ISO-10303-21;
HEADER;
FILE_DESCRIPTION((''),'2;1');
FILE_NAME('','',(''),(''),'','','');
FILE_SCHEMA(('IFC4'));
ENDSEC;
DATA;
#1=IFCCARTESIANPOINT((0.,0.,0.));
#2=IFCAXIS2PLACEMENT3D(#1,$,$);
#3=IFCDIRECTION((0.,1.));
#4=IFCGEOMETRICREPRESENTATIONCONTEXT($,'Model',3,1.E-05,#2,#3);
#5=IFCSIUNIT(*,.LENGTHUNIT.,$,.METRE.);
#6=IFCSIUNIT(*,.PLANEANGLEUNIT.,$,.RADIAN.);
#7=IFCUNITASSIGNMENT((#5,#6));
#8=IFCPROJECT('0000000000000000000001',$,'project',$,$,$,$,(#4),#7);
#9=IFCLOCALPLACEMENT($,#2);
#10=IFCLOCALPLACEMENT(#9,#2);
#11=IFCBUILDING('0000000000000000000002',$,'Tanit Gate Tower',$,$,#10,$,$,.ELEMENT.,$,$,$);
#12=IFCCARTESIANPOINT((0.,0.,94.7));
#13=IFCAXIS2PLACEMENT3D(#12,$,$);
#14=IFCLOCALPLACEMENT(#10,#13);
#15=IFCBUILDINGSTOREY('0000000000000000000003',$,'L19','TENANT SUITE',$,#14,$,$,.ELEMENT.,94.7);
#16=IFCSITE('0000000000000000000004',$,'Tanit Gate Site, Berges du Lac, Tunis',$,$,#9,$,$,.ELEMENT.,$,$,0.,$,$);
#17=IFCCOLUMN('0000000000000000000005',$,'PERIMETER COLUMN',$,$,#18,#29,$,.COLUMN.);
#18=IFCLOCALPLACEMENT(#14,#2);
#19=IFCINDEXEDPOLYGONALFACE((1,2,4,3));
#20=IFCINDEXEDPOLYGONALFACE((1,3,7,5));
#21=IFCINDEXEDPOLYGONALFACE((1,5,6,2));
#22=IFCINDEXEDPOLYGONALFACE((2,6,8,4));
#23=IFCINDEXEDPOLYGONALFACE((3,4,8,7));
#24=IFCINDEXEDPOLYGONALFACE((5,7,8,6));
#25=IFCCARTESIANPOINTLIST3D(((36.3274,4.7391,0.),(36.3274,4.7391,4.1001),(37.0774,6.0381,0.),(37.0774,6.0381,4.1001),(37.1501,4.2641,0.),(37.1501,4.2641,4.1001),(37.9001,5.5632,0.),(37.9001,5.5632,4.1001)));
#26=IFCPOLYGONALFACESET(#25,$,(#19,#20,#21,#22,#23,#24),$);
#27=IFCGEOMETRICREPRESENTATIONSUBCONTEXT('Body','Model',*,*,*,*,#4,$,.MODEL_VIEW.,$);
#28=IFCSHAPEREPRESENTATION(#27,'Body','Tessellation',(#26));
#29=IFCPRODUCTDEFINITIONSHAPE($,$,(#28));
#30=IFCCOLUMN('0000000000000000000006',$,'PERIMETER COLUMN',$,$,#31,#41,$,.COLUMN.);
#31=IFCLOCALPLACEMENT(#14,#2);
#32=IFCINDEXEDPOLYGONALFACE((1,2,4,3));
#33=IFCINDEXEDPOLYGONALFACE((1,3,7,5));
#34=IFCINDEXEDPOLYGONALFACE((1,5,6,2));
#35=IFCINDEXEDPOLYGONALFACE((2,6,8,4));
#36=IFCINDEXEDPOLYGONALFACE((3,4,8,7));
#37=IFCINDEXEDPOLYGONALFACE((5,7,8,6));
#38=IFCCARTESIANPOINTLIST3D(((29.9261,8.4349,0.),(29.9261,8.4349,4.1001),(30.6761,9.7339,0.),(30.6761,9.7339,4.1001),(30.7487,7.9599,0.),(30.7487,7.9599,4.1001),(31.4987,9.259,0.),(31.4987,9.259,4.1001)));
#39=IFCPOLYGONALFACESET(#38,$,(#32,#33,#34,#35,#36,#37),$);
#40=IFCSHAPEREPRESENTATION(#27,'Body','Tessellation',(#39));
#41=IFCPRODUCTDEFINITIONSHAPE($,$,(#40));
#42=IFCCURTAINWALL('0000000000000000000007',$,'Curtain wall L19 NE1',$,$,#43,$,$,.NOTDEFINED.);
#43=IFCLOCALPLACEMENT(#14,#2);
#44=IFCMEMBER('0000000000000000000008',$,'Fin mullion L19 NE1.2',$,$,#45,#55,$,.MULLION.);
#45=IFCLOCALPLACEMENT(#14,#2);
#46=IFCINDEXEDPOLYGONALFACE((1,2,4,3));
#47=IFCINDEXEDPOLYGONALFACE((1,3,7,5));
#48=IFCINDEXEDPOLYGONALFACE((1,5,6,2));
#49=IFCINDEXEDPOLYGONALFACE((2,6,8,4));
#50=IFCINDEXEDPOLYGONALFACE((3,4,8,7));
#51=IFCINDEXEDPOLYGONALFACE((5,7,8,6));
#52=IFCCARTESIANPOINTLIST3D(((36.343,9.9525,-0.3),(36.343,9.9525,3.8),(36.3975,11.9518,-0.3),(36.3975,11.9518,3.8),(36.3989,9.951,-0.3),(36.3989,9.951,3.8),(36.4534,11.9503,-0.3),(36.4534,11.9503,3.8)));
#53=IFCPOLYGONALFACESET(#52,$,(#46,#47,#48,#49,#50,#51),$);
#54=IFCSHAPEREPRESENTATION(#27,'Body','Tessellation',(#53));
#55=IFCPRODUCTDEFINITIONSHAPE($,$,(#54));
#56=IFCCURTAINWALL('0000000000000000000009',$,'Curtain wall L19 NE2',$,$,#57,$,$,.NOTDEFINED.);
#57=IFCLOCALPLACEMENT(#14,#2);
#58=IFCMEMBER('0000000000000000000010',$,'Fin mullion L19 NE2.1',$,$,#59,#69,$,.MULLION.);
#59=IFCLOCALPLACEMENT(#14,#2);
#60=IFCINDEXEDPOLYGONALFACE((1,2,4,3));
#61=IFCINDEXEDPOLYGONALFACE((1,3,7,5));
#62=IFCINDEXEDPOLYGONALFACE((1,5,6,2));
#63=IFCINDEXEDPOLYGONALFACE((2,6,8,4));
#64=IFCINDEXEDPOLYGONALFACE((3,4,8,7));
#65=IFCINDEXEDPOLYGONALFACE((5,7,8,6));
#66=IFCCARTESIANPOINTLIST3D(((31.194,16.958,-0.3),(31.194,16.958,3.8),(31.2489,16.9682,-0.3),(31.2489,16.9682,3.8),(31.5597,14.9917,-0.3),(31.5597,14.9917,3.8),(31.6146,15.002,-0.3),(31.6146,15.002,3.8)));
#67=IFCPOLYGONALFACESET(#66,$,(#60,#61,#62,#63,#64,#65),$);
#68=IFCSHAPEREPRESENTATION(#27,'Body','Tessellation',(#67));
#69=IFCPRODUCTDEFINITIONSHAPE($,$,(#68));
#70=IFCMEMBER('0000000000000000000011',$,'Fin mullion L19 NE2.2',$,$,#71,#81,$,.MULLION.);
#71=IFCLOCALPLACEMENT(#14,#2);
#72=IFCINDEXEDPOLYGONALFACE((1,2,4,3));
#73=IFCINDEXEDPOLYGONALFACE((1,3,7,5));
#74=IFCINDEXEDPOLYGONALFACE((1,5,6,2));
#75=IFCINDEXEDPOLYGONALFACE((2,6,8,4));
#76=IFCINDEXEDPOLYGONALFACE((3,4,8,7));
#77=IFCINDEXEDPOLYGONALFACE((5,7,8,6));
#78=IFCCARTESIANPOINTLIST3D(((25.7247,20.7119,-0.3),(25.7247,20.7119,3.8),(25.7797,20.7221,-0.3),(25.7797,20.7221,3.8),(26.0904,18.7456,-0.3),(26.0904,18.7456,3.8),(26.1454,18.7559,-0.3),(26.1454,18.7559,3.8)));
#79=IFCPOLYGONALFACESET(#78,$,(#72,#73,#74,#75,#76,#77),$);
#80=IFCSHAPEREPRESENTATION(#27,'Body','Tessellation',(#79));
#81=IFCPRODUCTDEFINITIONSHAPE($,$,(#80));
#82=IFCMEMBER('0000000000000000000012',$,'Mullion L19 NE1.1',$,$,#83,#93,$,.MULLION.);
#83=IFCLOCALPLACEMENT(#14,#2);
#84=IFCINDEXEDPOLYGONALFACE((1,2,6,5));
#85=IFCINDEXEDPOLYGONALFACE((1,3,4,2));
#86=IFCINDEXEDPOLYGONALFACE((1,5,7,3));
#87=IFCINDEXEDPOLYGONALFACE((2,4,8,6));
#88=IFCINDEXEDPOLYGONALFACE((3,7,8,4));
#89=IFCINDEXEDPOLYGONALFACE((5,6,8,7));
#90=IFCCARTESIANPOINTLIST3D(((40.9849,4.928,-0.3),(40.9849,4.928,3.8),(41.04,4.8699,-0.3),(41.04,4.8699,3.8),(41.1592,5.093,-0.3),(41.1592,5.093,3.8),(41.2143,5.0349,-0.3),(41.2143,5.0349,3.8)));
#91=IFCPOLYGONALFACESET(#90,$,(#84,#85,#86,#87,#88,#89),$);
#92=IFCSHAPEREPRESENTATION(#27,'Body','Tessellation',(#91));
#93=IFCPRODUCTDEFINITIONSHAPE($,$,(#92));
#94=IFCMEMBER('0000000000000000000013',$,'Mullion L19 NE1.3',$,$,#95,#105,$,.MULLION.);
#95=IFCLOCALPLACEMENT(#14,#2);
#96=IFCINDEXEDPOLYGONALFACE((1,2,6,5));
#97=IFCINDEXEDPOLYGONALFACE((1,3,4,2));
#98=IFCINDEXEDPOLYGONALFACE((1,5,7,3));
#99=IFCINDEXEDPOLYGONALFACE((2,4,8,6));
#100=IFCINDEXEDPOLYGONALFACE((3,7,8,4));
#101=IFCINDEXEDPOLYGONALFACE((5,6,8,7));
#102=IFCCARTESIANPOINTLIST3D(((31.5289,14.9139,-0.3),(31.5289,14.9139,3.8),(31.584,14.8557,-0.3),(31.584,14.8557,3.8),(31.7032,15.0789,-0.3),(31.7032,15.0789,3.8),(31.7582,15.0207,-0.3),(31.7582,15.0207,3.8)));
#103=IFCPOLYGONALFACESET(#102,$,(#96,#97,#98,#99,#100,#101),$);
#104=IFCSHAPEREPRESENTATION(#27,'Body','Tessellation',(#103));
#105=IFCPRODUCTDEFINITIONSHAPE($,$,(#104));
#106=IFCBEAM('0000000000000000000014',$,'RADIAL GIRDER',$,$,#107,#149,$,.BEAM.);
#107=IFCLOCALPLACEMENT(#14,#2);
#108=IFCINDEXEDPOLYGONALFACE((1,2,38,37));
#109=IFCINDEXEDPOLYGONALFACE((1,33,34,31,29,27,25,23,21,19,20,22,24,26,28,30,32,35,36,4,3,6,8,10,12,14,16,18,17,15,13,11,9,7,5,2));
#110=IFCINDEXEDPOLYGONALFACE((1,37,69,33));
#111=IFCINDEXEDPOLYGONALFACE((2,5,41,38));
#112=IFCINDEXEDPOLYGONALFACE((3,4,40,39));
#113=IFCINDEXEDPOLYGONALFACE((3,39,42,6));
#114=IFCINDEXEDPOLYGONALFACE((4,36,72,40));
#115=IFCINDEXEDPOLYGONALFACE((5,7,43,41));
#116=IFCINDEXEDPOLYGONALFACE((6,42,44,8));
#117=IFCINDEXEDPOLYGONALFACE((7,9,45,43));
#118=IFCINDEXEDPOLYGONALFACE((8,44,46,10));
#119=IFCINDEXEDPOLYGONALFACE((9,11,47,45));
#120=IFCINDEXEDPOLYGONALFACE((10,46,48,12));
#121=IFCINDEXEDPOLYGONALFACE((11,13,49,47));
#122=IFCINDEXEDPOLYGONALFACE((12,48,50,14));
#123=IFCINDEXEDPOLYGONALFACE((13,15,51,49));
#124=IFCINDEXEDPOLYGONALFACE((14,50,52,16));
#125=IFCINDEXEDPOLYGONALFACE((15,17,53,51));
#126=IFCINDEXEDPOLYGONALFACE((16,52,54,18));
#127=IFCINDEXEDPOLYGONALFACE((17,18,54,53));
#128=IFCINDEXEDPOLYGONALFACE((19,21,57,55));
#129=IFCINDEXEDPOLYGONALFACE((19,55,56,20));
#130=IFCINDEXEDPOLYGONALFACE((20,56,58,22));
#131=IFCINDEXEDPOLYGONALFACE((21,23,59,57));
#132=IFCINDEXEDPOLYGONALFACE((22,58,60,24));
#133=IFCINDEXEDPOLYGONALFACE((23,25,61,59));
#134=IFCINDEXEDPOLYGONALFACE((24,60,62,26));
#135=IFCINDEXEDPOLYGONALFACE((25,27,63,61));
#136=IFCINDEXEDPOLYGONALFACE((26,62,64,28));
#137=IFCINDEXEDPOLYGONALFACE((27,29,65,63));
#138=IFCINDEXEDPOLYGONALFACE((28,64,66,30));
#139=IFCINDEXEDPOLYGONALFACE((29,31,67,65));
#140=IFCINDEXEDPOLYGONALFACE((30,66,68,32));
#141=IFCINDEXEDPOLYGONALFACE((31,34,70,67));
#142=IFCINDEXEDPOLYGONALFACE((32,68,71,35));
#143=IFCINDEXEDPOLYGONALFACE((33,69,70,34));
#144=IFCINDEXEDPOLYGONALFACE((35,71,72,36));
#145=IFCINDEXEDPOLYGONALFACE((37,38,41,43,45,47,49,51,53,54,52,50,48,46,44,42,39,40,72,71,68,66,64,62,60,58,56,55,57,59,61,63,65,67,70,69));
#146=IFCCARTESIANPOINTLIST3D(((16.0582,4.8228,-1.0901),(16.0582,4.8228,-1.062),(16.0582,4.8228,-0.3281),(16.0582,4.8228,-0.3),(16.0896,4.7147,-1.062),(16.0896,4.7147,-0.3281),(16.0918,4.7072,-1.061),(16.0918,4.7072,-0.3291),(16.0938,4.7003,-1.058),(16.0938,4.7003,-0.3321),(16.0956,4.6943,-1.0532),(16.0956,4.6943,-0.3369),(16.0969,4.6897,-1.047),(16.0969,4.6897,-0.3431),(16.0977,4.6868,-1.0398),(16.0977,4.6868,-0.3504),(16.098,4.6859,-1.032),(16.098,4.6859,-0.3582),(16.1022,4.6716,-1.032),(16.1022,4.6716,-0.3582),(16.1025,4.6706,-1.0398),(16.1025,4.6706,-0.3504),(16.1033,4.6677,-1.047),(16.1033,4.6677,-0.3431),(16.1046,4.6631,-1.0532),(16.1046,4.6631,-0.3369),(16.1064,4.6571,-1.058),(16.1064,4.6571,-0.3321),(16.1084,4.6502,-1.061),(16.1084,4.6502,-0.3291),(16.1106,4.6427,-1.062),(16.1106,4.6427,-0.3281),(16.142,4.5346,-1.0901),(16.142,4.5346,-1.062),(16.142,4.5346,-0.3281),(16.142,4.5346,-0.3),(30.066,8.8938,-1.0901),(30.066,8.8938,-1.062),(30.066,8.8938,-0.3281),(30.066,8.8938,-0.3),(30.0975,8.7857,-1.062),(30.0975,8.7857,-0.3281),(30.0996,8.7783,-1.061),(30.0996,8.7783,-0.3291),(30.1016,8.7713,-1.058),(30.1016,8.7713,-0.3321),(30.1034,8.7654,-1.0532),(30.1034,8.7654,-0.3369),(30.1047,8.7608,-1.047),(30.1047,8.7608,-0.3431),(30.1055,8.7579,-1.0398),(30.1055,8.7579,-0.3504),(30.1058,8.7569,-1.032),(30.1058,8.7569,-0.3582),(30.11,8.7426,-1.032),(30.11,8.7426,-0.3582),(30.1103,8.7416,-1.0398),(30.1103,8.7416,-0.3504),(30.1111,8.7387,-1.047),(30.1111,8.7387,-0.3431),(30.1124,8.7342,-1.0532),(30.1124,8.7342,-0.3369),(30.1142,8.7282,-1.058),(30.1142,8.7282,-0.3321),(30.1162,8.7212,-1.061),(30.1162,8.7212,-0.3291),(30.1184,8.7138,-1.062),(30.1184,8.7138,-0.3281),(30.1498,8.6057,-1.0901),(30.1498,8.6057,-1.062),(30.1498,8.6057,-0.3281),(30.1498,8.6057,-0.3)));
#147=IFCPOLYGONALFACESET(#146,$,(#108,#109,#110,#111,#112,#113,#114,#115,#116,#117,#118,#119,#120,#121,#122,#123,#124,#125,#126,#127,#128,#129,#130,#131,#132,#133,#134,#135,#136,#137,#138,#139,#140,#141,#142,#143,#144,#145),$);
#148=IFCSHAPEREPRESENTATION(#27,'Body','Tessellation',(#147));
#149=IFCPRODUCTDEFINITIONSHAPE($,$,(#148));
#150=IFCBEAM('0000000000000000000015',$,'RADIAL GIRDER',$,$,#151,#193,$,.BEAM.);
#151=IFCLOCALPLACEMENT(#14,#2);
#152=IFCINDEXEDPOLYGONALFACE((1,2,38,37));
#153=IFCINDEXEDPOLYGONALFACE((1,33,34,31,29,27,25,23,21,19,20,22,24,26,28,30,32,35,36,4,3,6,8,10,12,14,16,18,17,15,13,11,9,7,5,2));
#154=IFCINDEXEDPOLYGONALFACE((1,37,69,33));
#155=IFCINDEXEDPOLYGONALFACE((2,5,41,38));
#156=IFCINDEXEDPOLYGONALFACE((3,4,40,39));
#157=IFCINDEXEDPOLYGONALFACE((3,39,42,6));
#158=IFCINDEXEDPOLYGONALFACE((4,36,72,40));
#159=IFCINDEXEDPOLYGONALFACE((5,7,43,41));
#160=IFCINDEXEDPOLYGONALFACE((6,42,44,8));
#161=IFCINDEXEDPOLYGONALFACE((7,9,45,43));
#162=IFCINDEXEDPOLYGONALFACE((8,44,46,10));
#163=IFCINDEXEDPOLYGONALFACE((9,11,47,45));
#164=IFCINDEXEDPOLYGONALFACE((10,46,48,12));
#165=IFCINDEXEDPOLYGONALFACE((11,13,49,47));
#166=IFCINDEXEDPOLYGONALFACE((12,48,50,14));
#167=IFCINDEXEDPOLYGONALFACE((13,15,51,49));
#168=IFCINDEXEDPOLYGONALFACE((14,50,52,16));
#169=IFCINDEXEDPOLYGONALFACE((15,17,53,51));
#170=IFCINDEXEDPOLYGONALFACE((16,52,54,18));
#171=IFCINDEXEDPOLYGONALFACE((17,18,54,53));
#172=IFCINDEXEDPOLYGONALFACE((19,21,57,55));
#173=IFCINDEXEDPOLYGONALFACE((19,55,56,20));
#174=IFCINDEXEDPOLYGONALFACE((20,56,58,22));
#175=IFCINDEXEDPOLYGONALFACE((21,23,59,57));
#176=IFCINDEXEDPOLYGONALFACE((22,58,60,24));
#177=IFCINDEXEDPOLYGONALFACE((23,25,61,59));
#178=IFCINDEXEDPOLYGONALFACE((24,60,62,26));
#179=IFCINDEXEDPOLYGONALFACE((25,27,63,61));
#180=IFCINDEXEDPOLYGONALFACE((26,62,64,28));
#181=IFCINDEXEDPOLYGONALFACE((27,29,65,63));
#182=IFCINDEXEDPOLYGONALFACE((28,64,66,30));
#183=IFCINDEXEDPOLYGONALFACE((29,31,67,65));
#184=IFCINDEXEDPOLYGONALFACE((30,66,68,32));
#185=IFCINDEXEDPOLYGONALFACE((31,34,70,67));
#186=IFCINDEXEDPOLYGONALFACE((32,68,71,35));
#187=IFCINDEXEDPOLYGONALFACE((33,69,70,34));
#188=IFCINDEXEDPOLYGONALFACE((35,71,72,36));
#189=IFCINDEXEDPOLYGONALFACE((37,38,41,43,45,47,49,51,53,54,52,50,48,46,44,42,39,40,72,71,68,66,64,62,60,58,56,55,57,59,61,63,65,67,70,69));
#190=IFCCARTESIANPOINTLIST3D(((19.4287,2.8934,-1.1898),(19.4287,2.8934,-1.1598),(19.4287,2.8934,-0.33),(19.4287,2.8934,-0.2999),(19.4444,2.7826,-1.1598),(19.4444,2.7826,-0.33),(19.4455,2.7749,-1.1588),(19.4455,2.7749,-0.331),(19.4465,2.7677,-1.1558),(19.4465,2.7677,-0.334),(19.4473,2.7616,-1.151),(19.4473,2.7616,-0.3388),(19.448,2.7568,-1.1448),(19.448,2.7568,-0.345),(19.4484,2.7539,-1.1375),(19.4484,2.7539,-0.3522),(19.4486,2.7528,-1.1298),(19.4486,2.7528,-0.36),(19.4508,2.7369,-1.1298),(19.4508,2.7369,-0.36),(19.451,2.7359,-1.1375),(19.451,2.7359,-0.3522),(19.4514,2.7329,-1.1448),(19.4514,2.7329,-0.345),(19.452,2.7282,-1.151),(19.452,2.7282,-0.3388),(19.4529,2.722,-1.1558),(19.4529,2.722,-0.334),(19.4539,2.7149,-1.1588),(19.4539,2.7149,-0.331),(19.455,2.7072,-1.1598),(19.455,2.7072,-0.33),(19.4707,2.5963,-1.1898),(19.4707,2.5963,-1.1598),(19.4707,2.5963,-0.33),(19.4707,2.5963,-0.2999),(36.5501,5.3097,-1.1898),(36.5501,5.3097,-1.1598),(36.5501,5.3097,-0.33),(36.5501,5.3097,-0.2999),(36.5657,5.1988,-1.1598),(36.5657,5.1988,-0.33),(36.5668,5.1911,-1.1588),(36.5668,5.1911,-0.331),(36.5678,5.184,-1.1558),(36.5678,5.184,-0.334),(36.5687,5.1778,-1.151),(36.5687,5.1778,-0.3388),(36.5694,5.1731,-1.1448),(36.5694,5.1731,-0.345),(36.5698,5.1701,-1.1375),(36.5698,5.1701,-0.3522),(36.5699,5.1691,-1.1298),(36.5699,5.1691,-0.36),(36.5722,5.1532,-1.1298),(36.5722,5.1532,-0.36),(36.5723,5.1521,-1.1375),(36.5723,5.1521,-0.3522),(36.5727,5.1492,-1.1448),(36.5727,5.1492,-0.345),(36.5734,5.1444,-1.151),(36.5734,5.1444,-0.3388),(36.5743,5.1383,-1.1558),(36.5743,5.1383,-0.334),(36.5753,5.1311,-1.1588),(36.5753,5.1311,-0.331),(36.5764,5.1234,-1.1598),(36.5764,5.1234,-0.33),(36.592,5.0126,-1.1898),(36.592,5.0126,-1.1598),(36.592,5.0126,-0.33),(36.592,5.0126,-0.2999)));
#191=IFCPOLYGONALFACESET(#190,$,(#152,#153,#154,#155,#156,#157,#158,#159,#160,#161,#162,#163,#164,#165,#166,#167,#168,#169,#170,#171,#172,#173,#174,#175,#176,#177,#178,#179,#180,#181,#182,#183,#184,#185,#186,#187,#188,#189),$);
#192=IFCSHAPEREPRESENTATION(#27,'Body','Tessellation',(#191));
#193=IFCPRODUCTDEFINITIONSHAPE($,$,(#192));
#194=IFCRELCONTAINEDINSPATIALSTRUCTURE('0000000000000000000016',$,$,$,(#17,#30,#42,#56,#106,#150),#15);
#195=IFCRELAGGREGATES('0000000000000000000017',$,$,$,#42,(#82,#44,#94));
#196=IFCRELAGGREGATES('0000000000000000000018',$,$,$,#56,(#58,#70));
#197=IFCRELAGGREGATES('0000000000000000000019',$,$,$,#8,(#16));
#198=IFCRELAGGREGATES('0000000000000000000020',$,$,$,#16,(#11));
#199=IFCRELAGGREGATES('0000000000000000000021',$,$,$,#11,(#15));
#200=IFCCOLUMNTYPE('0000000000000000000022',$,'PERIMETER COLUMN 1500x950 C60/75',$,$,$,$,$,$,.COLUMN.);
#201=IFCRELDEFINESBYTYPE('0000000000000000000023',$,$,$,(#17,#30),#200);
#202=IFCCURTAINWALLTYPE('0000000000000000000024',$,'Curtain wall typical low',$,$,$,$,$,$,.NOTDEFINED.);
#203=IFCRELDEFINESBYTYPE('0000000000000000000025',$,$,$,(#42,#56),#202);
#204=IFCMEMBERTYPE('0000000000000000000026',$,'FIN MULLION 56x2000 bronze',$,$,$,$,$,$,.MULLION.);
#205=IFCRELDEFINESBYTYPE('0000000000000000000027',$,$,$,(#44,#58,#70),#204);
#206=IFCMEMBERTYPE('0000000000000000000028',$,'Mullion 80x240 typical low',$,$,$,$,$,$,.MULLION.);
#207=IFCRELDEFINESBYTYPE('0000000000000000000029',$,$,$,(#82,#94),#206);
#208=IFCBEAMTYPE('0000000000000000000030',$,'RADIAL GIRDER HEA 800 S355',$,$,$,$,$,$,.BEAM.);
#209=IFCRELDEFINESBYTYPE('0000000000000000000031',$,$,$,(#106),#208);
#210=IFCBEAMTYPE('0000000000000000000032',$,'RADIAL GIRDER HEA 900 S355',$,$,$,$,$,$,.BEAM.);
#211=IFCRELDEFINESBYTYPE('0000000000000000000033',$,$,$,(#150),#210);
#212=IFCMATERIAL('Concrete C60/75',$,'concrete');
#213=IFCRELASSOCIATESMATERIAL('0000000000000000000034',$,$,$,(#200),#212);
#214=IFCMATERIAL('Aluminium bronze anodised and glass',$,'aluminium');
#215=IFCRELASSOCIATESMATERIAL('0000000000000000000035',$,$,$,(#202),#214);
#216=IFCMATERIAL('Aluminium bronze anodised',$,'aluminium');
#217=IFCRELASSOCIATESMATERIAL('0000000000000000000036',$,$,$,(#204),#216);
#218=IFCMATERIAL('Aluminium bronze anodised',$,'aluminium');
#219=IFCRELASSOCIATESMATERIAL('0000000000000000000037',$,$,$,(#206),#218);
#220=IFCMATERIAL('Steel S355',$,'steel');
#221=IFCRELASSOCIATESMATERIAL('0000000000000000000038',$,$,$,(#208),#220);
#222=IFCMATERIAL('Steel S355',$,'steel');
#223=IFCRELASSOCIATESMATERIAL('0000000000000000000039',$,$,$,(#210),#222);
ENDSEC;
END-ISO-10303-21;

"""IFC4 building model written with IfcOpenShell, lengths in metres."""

from ifc_helpers import new_model, si_unit, direction, frame, origin, origin_2d, place, context, subcontext, project, spatial, rectangle, i_section, extrude, material, material_profile, profile_set, type_object, element, aggregate, save


model = new_model("IFC4")

# Units and contexts
model_context = context("Model", 3, precision=1e-05, world=origin(), true_north=direction((0.0, 1.0)))
body_context = subcontext(model_context, "Body", "Model", "MODEL_VIEW")
ifc_project = project(units=[si_unit("LENGTHUNIT", "METRE"), si_unit("PLANEANGLEUNIT", "RADIAN")], contexts=[model_context])

# Site, building, storey
site_placement = place(None, origin())
site = spatial("IfcSite", under=ifc_project, at=site_placement, Name="Tanit Gate Site, Berges du Lac, Tunis", CompositionType="ELEMENT", RefElevation=0.0)
building_placement = place(site_placement, origin())
building = spatial("IfcBuilding", under=site, at=building_placement, Name="Tanit Gate Tower", CompositionType="ELEMENT")
storey_placement = place(building_placement, frame((0.0, 0.0, 94.7)))
storey = spatial("IfcBuildingStorey", under=building, at=storey_placement, Name="L19", Description="TENANT SUITE", CompositionType="ELEMENT", Elevation=94.7)

# Columns
ifc_material_1 = material(Name="Concrete C60/75", Category="concrete")
ifc_material_profile_1 = material_profile(ifc_material_1, rectangle(XDim=1.5, YDim=0.95, at=origin_2d()), Name="RC 1500x950")
ifc_profile_set_1 = profile_set([ifc_material_profile_1], Name="Concrete C60/75")
column_type = type_object("IfcColumnType", Name="PERIMETER COLUMN 1500x950 C60/75", PredefinedType="COLUMN", material=ifc_profile_set_1)
for number, where, z_axis, x_axis, name in (
    (1, (37.1138, 5.1511, 0.0), (0.0, 0.0, 1.0), (0.5, 0.866025, 0.0), "PERIMETER COLUMN"),
    (2, (30.7124, 8.8469, 0.0), (0.0, 0.0, 1.0), (0.5, 0.866025, 0.0), "PERIMETER COLUMN"),
):
    element("IfcColumn", number, at=place(storey_placement, frame(where, z_axis=z_axis, x_axis=x_axis)), inside=storey, type_object=column_type, Name=name, PredefinedType="COLUMN", context=body_context, shape_type="SweptSolid", body=[
        extrude(rectangle(XDim=1.5, YDim=0.95, at=origin_2d()), origin(), (0.0, 0.0, 1.0), 4.1001),
    ])

# Curtain wall, member
ifc_material_2 = material(Name="Aluminium bronze anodised and glass", Category="aluminium")
curtain_wall_type = type_object("IfcCurtainWallType", Name="Curtain wall typical low", PredefinedType="NOTDEFINED", material=ifc_material_2)
curtain_wall_1_placement = place(storey_placement, origin())
curtain_wall_1 = element("IfcCurtainWall", 3, at=curtain_wall_1_placement, inside=storey, type_object=curtain_wall_type, Name="Curtain wall L19 NE1", PredefinedType="NOTDEFINED")
ifc_material_3 = material(Name="Aluminium bronze anodised", Category="aluminium")
ifc_material_profile_2 = material_profile(ifc_material_3, rectangle(XDim=2.0, YDim=0.0559, at=origin_2d()), Name="56x2000 bronze fin mullion")
ifc_profile_set_2 = profile_set([ifc_material_profile_2], Name="Aluminium bronze anodised")
member_type_1 = type_object("IfcMemberType", Name="FIN MULLION 56x2000 bronze", PredefinedType="MULLION", material=ifc_profile_set_2)
member_1_placement = place(storey_placement, frame((36.3982, 10.9514, -0.3), z_axis=(0.0, 0.0, 1.0), x_axis=(-0.027242, -0.999629, 0.0)))
member_1 = element("IfcMember", 4, at=member_1_placement, type_object=member_type_1, Name="Fin mullion L19 NE1.2", PredefinedType="MULLION", context=body_context, shape_type="SweptSolid", body=[
    extrude(rectangle(XDim=2.0, YDim=0.0559, at=origin_2d()), origin(), (0.0, 0.0, 1.0), 4.1001),
])

# Curtain wall, members
curtain_wall_2_placement = place(storey_placement, origin())
curtain_wall_2 = element("IfcCurtainWall", 5, at=curtain_wall_2_placement, inside=storey, type_object=curtain_wall_type, Name="Curtain wall L19 NE2", PredefinedType="NOTDEFINED")
member_2_placement = place(storey_placement, frame((31.4043, 15.98, -0.3), z_axis=(0.0, 0.0, 1.0), x_axis=(0.182847, -0.983141, 0.0)))
member_2 = element("IfcMember", 6, at=member_2_placement, type_object=member_type_1, Name="Fin mullion L19 NE2.1", PredefinedType="MULLION", context=body_context, shape_type="SweptSolid", body=[
    extrude(rectangle(XDim=2.0, YDim=0.0559, at=origin_2d()), origin(), (0.0, 0.0, 1.0), 4.1001),
])
member_3_placement = place(storey_placement, frame((25.9351, 19.7339, -0.3), z_axis=(0.0, 0.0, 1.0), x_axis=(0.182847, -0.983141, 0.0)))
member_3 = element("IfcMember", 7, at=member_3_placement, type_object=member_type_1, Name="Fin mullion L19 NE2.2", PredefinedType="MULLION", context=body_context, shape_type="SweptSolid", body=[
    extrude(rectangle(XDim=2.0, YDim=0.0559, at=origin_2d()), origin(), (0.0, 0.0, 1.0), 4.1001),
])

# Members
ifc_material_4 = material(Name="Aluminium bronze anodised", Category="aluminium")
ifc_material_profile_3 = material_profile(ifc_material_4, rectangle(XDim=0.24, YDim=0.0801, at=origin_2d()), Name="80x240 bronze mullion")
ifc_profile_set_3 = profile_set([ifc_material_profile_3], Name="Aluminium bronze anodised")
member_type_2 = type_object("IfcMemberType", Name="Mullion 80x240 typical low", PredefinedType="MULLION", material=ifc_profile_set_3)
member_4_placement = place(storey_placement, frame((41.0996, 4.9814, -0.3), z_axis=(0.0, 0.0, 1.0), x_axis=(-0.726107, -0.687581, 0.0)))
member_4 = element("IfcMember", 8, at=member_4_placement, type_object=member_type_2, Name="Mullion L19 NE1.1", PredefinedType="MULLION", context=body_context, shape_type="SweptSolid", body=[
    extrude(rectangle(XDim=0.24, YDim=0.0801, at=origin_2d()), origin(), (0.0, 0.0, 1.0), 4.1001),
])
member_5_placement = place(storey_placement, frame((31.6436, 14.9673, -0.3), z_axis=(0.0, 0.0, 1.0), x_axis=(-0.726107, -0.687581, 0.0)))
member_5 = element("IfcMember", 9, at=member_5_placement, type_object=member_type_2, Name="Mullion L19 NE1.3", PredefinedType="MULLION", context=body_context, shape_type="SweptSolid", body=[
    extrude(rectangle(XDim=0.24, YDim=0.0801, at=origin_2d()), origin(), (0.0, 0.0, 1.0), 4.1001),
])

# Beams
ifc_material_5 = material(Name="Steel S355", Category="steel")
ifc_material_profile_4 = material_profile(ifc_material_5, i_section(OverallWidth=0.3, OverallDepth=0.79, WebThickness=0.0149, FlangeThickness=0.0281, FilletRadius=0.03, at=origin_2d()), Name="HEA 800")
ifc_profile_set_4 = profile_set([ifc_material_profile_4], Name="Steel S355")
beam_type_1 = type_object("IfcBeamType", Name="RADIAL GIRDER HEA 800 S355", PredefinedType="BEAM", material=ifc_profile_set_4)
beam_1_placement = place(storey_placement, frame((30.1079, 8.7498, -0.6951), z_axis=(-0.960268, -0.27908, 0.0), x_axis=(0.27908, -0.960268, 0.0)))
element("IfcBeam", 10, at=beam_1_placement, inside=storey, type_object=beam_type_1, Name="RADIAL GIRDER", PredefinedType="BEAM", context=body_context, shape_type="SweptSolid", body=[
    extrude(i_section(OverallWidth=0.3, OverallDepth=0.79, WebThickness=0.0149, FlangeThickness=0.0281, FilletRadius=0.03, at=origin_2d()), origin(), (0.0, 0.0, 1.0), 14.5874),
])
ifc_material_6 = material(Name="Steel S355", Category="steel")
ifc_material_profile_5 = material_profile(ifc_material_6, i_section(OverallWidth=0.3, OverallDepth=0.8899, WebThickness=0.0161, FlangeThickness=0.03, FilletRadius=0.03, at=origin_2d()), Name="HEA 900")
ifc_profile_set_5 = profile_set([ifc_material_profile_5], Name="Steel S355")
beam_type_2 = type_object("IfcBeamType", Name="RADIAL GIRDER HEA 900 S355", PredefinedType="BEAM", material=ifc_profile_set_5)
beam_2_placement = place(storey_placement, frame((36.571, 5.1611, -0.7449), z_axis=(-0.990188, -0.139741, 0.0), x_axis=(0.139741, -0.990188, 0.0)))
element("IfcBeam", 11, at=beam_2_placement, inside=storey, type_object=beam_type_2, Name="RADIAL GIRDER", PredefinedType="BEAM", context=body_context, shape_type="SweptSolid", body=[
    extrude(i_section(OverallWidth=0.3, OverallDepth=0.8899, WebThickness=0.0161, FlangeThickness=0.03, FilletRadius=0.03, at=origin_2d()), origin(), (0.0, 0.0, 1.0), 17.291),
])

aggregate(curtain_wall_1, [member_4, member_1, member_5])
aggregate(curtain_wall_2, [member_2, member_3])

save(model, "model.ifc")
